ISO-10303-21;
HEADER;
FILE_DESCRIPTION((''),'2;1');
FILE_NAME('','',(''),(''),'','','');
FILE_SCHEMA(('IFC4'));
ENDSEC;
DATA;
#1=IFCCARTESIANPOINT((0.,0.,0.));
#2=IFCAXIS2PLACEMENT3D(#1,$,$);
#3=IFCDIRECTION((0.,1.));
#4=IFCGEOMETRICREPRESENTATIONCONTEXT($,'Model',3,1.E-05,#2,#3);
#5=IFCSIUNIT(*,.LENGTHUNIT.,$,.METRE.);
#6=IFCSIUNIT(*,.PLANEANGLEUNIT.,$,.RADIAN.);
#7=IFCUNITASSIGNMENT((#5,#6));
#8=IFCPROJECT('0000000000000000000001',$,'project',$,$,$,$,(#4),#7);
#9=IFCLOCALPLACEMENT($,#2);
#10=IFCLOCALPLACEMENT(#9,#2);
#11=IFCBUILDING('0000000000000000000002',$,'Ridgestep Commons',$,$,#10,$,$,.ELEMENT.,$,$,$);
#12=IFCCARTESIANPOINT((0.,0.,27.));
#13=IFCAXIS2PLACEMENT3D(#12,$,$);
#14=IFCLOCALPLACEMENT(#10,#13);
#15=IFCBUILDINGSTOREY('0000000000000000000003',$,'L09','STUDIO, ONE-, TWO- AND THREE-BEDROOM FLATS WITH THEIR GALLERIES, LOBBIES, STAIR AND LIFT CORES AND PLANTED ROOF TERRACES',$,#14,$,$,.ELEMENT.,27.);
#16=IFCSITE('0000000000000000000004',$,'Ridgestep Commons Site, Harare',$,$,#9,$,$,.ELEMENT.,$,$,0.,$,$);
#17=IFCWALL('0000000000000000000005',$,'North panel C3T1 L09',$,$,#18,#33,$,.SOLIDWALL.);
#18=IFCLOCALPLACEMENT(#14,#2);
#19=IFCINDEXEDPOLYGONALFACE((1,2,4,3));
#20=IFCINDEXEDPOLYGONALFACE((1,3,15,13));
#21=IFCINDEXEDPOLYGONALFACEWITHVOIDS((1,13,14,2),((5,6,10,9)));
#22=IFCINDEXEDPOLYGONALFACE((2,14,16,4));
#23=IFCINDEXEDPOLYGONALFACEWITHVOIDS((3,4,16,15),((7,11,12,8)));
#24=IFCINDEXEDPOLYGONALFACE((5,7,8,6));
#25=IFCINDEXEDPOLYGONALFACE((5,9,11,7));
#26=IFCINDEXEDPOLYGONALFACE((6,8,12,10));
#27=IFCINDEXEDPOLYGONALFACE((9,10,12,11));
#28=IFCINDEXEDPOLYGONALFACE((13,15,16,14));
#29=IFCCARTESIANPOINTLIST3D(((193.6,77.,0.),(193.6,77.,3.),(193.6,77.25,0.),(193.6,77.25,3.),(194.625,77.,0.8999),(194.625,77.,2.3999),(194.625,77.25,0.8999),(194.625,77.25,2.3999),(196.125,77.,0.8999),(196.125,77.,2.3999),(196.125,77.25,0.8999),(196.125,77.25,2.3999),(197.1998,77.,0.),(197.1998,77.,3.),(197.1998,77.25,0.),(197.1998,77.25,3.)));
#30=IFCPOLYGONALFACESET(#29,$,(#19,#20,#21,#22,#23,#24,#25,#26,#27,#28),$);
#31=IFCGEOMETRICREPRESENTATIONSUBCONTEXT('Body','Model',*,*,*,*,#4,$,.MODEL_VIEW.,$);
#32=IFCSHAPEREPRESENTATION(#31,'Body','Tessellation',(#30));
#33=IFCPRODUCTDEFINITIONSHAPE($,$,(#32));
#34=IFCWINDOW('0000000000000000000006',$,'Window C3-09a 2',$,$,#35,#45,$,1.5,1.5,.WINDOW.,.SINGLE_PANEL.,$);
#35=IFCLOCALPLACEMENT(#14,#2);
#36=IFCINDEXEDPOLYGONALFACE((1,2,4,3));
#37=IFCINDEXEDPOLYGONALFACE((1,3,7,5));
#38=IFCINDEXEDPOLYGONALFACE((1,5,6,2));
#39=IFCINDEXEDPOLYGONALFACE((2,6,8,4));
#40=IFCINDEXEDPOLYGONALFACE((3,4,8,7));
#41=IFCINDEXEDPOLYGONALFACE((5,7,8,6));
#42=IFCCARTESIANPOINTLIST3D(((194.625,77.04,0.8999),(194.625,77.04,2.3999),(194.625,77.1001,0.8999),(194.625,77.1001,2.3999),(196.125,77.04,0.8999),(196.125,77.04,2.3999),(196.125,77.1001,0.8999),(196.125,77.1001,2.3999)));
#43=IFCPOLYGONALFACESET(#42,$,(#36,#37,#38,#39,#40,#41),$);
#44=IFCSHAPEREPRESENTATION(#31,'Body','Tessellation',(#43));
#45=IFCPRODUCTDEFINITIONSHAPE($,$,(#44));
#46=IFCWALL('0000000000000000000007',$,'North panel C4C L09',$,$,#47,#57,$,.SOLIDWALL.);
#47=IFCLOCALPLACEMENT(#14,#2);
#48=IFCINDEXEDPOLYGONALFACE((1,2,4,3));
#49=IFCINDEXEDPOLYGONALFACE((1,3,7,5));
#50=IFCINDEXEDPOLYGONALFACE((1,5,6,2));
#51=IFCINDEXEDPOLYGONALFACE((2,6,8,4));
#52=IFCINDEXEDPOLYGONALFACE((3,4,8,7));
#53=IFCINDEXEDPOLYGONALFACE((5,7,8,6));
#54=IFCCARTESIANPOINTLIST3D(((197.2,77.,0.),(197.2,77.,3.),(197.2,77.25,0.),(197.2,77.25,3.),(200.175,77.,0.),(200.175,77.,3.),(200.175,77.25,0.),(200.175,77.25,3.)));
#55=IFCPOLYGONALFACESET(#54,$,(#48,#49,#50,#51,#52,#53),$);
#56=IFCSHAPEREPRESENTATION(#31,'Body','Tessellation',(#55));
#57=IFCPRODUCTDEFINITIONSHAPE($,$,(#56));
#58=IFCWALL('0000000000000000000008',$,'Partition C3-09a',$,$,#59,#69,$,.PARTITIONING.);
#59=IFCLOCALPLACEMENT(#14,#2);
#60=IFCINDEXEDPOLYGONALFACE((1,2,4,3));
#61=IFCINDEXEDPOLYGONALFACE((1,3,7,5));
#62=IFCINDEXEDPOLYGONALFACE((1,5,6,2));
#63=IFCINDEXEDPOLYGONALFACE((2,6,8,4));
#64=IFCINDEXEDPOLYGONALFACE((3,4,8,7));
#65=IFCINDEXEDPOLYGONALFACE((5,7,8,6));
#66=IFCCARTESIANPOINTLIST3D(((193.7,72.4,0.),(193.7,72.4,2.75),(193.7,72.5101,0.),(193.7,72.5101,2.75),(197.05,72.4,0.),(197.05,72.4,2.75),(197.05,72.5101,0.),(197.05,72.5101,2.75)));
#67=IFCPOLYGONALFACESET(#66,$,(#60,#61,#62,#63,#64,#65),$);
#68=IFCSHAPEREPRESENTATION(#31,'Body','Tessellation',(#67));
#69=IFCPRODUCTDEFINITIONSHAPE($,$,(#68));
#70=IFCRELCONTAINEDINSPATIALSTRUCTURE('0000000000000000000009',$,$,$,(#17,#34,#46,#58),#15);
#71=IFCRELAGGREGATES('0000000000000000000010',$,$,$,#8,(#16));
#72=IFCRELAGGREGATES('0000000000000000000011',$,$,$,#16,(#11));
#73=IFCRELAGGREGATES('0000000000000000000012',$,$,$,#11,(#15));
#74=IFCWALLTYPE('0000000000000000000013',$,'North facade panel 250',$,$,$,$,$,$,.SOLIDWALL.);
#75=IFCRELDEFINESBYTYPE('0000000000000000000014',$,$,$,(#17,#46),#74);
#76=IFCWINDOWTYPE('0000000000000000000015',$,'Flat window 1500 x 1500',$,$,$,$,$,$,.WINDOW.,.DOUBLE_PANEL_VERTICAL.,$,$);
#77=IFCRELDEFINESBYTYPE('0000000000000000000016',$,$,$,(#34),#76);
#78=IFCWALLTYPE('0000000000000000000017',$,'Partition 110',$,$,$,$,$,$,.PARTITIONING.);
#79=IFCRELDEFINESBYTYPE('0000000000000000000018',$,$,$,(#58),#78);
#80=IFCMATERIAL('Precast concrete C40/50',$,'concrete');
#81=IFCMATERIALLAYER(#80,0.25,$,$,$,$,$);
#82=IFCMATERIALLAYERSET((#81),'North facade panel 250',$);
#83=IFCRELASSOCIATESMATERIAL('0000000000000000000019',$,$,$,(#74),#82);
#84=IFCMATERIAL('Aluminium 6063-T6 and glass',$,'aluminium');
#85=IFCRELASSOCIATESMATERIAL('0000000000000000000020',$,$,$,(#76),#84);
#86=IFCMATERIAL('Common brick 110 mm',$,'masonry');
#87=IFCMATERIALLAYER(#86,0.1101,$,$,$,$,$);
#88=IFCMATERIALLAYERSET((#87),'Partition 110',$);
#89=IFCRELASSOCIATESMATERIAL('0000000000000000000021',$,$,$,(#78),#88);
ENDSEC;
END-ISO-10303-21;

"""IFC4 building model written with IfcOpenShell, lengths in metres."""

from ifc_helpers import new_model, si_unit, direction, frame, frame_2d, origin, place, context, subcontext, project, spatial, rectangle, extrude, material, layer, layer_set, type_object, element, fill, save


model = new_model("IFC4")

# Units and contexts
model_context = context("Model", 3, precision=1e-05, world=origin(), true_north=direction((0.0, 1.0)))
body_context = subcontext(model_context, "Body", "Model", "MODEL_VIEW")
ifc_project = project(units=[si_unit("LENGTHUNIT", "METRE"), si_unit("PLANEANGLEUNIT", "RADIAN")], contexts=[model_context])

# Site, building, storey
site_placement = place(None, origin())
site = spatial("IfcSite", under=ifc_project, at=site_placement, Name="Ridgestep Commons Site, Harare", CompositionType="ELEMENT", RefElevation=0.0)
building_placement = place(site_placement, origin())
building = spatial("IfcBuilding", under=site, at=building_placement, Name="Ridgestep Commons", CompositionType="ELEMENT")
storey_placement = place(building_placement, frame((0.0, 0.0, 27.0)))
storey = spatial("IfcBuildingStorey", under=building, at=storey_placement, Name="L09", Description="STUDIO, ONE-, TWO- AND THREE-BEDROOM FLATS WITH THEIR GALLERIES, LOBBIES, STAIR AND LIFT CORES AND PLANTED ROOF TERRACES", CompositionType="ELEMENT", Elevation=27.0)

# Wall, opening, window
ifc_material_1 = material(Name="Precast concrete C40/50", Category="concrete")
ifc_layer_1 = layer(ifc_material_1, 0.25)
ifc_layer_set_1 = layer_set([ifc_layer_1], Name="North facade panel 250")
wall_type_1 = type_object("IfcWallType", Name="North facade panel 250", PredefinedType="SOLIDWALL", material=ifc_layer_set_1)
wall_1_placement = place(storey_placement, frame((193.6001, 77.125, 0.0), z_axis=(0.0, 0.0, 1.0), x_axis=(1.0, 0.0, 0.0)))
wall_1 = element("IfcWall", 1, at=wall_1_placement, inside=storey, type_object=wall_type_1, Name="North panel C3T1 L09", PredefinedType="SOLIDWALL", context=body_context, shape_type="SweptSolid", body=[
    extrude(rectangle(XDim=3.5999, YDim=0.25, at=frame_2d((1.7998, 0.0))), origin(), (0.0, 0.0, 1.0), 3.0),
])
opening_placement = place(wall_1_placement, frame((1.0249, 0.0, 0.8999)))
opening = element("IfcOpeningElement", 2, at=opening_placement, cuts=wall_1, PredefinedType="OPENING", context=body_context, shape_type="SweptSolid", body=[
    extrude(rectangle(XDim=1.5, YDim=1.5, at=frame_2d((0.75, 0.75))), frame((0.0, 0.135, 0.0), z_axis=(0.0, -1.0, 0.0), x_axis=(1.0, 0.0, 0.0)), (0.0, 0.0, 1.0), 0.27),
])
ifc_material_2 = material(Name="Aluminium 6063-T6 and glass", Category="aluminium")
window_type = type_object("IfcWindowType", Name="Flat window 1500 x 1500", PartitioningType="DOUBLE_PANEL_VERTICAL", PredefinedType="WINDOW", material=ifc_material_2)
window_placement = place(opening_placement, origin())
window = element("IfcWindow", 3, at=window_placement, inside=storey, type_object=window_type, Name="Window C3-09a 2", OverallHeight=1.5, OverallWidth=1.5, PartitioningType="SINGLE_PANEL", PredefinedType="WINDOW", context=body_context, shape_type="SweptSolid", body=[
    extrude(rectangle(XDim=1.5, YDim=1.5, at=frame_2d((0.75, 0.75))), frame((0.0, -0.0249, 0.0), z_axis=(0.0, -1.0, 0.0), x_axis=(1.0, 0.0, 0.0)), (0.0, 0.0, 1.0), 0.0601),
])
fill(opening, window)

# Walls
wall_2_placement = place(storey_placement, frame((197.2, 77.125, 0.0), z_axis=(0.0, 0.0, 1.0), x_axis=(1.0, 0.0, 0.0)))
element("IfcWall", 4, at=wall_2_placement, inside=storey, type_object=wall_type_1, Name="North panel C4C L09", PredefinedType="SOLIDWALL", context=body_context, shape_type="SweptSolid", body=[
    extrude(rectangle(XDim=2.9751, YDim=0.25, at=frame_2d((1.4875, 0.0))), origin(), (0.0, 0.0, 1.0), 3.0),
])
ifc_material_3 = material(Name="Common brick 110 mm", Category="masonry")
ifc_layer_2 = layer(ifc_material_3, 0.1101)
ifc_layer_set_2 = layer_set([ifc_layer_2], Name="Partition 110")
wall_type_2 = type_object("IfcWallType", Name="Partition 110", PredefinedType="PARTITIONING", material=ifc_layer_set_2)
wall_3_placement = place(storey_placement, frame((193.7, 72.4551, 0.0), z_axis=(0.0, 0.0, 1.0), x_axis=(1.0, 0.0, 0.0)))
element("IfcWall", 5, at=wall_3_placement, inside=storey, type_object=wall_type_2, Name="Partition C3-09a", PredefinedType="PARTITIONING", context=body_context, shape_type="SweptSolid", body=[
    extrude(rectangle(XDim=3.3501, YDim=0.1101, at=frame_2d((1.675, 0.0))), origin(), (0.0, 0.0, 1.0), 2.75),
])

save(model, "model.ifc")
